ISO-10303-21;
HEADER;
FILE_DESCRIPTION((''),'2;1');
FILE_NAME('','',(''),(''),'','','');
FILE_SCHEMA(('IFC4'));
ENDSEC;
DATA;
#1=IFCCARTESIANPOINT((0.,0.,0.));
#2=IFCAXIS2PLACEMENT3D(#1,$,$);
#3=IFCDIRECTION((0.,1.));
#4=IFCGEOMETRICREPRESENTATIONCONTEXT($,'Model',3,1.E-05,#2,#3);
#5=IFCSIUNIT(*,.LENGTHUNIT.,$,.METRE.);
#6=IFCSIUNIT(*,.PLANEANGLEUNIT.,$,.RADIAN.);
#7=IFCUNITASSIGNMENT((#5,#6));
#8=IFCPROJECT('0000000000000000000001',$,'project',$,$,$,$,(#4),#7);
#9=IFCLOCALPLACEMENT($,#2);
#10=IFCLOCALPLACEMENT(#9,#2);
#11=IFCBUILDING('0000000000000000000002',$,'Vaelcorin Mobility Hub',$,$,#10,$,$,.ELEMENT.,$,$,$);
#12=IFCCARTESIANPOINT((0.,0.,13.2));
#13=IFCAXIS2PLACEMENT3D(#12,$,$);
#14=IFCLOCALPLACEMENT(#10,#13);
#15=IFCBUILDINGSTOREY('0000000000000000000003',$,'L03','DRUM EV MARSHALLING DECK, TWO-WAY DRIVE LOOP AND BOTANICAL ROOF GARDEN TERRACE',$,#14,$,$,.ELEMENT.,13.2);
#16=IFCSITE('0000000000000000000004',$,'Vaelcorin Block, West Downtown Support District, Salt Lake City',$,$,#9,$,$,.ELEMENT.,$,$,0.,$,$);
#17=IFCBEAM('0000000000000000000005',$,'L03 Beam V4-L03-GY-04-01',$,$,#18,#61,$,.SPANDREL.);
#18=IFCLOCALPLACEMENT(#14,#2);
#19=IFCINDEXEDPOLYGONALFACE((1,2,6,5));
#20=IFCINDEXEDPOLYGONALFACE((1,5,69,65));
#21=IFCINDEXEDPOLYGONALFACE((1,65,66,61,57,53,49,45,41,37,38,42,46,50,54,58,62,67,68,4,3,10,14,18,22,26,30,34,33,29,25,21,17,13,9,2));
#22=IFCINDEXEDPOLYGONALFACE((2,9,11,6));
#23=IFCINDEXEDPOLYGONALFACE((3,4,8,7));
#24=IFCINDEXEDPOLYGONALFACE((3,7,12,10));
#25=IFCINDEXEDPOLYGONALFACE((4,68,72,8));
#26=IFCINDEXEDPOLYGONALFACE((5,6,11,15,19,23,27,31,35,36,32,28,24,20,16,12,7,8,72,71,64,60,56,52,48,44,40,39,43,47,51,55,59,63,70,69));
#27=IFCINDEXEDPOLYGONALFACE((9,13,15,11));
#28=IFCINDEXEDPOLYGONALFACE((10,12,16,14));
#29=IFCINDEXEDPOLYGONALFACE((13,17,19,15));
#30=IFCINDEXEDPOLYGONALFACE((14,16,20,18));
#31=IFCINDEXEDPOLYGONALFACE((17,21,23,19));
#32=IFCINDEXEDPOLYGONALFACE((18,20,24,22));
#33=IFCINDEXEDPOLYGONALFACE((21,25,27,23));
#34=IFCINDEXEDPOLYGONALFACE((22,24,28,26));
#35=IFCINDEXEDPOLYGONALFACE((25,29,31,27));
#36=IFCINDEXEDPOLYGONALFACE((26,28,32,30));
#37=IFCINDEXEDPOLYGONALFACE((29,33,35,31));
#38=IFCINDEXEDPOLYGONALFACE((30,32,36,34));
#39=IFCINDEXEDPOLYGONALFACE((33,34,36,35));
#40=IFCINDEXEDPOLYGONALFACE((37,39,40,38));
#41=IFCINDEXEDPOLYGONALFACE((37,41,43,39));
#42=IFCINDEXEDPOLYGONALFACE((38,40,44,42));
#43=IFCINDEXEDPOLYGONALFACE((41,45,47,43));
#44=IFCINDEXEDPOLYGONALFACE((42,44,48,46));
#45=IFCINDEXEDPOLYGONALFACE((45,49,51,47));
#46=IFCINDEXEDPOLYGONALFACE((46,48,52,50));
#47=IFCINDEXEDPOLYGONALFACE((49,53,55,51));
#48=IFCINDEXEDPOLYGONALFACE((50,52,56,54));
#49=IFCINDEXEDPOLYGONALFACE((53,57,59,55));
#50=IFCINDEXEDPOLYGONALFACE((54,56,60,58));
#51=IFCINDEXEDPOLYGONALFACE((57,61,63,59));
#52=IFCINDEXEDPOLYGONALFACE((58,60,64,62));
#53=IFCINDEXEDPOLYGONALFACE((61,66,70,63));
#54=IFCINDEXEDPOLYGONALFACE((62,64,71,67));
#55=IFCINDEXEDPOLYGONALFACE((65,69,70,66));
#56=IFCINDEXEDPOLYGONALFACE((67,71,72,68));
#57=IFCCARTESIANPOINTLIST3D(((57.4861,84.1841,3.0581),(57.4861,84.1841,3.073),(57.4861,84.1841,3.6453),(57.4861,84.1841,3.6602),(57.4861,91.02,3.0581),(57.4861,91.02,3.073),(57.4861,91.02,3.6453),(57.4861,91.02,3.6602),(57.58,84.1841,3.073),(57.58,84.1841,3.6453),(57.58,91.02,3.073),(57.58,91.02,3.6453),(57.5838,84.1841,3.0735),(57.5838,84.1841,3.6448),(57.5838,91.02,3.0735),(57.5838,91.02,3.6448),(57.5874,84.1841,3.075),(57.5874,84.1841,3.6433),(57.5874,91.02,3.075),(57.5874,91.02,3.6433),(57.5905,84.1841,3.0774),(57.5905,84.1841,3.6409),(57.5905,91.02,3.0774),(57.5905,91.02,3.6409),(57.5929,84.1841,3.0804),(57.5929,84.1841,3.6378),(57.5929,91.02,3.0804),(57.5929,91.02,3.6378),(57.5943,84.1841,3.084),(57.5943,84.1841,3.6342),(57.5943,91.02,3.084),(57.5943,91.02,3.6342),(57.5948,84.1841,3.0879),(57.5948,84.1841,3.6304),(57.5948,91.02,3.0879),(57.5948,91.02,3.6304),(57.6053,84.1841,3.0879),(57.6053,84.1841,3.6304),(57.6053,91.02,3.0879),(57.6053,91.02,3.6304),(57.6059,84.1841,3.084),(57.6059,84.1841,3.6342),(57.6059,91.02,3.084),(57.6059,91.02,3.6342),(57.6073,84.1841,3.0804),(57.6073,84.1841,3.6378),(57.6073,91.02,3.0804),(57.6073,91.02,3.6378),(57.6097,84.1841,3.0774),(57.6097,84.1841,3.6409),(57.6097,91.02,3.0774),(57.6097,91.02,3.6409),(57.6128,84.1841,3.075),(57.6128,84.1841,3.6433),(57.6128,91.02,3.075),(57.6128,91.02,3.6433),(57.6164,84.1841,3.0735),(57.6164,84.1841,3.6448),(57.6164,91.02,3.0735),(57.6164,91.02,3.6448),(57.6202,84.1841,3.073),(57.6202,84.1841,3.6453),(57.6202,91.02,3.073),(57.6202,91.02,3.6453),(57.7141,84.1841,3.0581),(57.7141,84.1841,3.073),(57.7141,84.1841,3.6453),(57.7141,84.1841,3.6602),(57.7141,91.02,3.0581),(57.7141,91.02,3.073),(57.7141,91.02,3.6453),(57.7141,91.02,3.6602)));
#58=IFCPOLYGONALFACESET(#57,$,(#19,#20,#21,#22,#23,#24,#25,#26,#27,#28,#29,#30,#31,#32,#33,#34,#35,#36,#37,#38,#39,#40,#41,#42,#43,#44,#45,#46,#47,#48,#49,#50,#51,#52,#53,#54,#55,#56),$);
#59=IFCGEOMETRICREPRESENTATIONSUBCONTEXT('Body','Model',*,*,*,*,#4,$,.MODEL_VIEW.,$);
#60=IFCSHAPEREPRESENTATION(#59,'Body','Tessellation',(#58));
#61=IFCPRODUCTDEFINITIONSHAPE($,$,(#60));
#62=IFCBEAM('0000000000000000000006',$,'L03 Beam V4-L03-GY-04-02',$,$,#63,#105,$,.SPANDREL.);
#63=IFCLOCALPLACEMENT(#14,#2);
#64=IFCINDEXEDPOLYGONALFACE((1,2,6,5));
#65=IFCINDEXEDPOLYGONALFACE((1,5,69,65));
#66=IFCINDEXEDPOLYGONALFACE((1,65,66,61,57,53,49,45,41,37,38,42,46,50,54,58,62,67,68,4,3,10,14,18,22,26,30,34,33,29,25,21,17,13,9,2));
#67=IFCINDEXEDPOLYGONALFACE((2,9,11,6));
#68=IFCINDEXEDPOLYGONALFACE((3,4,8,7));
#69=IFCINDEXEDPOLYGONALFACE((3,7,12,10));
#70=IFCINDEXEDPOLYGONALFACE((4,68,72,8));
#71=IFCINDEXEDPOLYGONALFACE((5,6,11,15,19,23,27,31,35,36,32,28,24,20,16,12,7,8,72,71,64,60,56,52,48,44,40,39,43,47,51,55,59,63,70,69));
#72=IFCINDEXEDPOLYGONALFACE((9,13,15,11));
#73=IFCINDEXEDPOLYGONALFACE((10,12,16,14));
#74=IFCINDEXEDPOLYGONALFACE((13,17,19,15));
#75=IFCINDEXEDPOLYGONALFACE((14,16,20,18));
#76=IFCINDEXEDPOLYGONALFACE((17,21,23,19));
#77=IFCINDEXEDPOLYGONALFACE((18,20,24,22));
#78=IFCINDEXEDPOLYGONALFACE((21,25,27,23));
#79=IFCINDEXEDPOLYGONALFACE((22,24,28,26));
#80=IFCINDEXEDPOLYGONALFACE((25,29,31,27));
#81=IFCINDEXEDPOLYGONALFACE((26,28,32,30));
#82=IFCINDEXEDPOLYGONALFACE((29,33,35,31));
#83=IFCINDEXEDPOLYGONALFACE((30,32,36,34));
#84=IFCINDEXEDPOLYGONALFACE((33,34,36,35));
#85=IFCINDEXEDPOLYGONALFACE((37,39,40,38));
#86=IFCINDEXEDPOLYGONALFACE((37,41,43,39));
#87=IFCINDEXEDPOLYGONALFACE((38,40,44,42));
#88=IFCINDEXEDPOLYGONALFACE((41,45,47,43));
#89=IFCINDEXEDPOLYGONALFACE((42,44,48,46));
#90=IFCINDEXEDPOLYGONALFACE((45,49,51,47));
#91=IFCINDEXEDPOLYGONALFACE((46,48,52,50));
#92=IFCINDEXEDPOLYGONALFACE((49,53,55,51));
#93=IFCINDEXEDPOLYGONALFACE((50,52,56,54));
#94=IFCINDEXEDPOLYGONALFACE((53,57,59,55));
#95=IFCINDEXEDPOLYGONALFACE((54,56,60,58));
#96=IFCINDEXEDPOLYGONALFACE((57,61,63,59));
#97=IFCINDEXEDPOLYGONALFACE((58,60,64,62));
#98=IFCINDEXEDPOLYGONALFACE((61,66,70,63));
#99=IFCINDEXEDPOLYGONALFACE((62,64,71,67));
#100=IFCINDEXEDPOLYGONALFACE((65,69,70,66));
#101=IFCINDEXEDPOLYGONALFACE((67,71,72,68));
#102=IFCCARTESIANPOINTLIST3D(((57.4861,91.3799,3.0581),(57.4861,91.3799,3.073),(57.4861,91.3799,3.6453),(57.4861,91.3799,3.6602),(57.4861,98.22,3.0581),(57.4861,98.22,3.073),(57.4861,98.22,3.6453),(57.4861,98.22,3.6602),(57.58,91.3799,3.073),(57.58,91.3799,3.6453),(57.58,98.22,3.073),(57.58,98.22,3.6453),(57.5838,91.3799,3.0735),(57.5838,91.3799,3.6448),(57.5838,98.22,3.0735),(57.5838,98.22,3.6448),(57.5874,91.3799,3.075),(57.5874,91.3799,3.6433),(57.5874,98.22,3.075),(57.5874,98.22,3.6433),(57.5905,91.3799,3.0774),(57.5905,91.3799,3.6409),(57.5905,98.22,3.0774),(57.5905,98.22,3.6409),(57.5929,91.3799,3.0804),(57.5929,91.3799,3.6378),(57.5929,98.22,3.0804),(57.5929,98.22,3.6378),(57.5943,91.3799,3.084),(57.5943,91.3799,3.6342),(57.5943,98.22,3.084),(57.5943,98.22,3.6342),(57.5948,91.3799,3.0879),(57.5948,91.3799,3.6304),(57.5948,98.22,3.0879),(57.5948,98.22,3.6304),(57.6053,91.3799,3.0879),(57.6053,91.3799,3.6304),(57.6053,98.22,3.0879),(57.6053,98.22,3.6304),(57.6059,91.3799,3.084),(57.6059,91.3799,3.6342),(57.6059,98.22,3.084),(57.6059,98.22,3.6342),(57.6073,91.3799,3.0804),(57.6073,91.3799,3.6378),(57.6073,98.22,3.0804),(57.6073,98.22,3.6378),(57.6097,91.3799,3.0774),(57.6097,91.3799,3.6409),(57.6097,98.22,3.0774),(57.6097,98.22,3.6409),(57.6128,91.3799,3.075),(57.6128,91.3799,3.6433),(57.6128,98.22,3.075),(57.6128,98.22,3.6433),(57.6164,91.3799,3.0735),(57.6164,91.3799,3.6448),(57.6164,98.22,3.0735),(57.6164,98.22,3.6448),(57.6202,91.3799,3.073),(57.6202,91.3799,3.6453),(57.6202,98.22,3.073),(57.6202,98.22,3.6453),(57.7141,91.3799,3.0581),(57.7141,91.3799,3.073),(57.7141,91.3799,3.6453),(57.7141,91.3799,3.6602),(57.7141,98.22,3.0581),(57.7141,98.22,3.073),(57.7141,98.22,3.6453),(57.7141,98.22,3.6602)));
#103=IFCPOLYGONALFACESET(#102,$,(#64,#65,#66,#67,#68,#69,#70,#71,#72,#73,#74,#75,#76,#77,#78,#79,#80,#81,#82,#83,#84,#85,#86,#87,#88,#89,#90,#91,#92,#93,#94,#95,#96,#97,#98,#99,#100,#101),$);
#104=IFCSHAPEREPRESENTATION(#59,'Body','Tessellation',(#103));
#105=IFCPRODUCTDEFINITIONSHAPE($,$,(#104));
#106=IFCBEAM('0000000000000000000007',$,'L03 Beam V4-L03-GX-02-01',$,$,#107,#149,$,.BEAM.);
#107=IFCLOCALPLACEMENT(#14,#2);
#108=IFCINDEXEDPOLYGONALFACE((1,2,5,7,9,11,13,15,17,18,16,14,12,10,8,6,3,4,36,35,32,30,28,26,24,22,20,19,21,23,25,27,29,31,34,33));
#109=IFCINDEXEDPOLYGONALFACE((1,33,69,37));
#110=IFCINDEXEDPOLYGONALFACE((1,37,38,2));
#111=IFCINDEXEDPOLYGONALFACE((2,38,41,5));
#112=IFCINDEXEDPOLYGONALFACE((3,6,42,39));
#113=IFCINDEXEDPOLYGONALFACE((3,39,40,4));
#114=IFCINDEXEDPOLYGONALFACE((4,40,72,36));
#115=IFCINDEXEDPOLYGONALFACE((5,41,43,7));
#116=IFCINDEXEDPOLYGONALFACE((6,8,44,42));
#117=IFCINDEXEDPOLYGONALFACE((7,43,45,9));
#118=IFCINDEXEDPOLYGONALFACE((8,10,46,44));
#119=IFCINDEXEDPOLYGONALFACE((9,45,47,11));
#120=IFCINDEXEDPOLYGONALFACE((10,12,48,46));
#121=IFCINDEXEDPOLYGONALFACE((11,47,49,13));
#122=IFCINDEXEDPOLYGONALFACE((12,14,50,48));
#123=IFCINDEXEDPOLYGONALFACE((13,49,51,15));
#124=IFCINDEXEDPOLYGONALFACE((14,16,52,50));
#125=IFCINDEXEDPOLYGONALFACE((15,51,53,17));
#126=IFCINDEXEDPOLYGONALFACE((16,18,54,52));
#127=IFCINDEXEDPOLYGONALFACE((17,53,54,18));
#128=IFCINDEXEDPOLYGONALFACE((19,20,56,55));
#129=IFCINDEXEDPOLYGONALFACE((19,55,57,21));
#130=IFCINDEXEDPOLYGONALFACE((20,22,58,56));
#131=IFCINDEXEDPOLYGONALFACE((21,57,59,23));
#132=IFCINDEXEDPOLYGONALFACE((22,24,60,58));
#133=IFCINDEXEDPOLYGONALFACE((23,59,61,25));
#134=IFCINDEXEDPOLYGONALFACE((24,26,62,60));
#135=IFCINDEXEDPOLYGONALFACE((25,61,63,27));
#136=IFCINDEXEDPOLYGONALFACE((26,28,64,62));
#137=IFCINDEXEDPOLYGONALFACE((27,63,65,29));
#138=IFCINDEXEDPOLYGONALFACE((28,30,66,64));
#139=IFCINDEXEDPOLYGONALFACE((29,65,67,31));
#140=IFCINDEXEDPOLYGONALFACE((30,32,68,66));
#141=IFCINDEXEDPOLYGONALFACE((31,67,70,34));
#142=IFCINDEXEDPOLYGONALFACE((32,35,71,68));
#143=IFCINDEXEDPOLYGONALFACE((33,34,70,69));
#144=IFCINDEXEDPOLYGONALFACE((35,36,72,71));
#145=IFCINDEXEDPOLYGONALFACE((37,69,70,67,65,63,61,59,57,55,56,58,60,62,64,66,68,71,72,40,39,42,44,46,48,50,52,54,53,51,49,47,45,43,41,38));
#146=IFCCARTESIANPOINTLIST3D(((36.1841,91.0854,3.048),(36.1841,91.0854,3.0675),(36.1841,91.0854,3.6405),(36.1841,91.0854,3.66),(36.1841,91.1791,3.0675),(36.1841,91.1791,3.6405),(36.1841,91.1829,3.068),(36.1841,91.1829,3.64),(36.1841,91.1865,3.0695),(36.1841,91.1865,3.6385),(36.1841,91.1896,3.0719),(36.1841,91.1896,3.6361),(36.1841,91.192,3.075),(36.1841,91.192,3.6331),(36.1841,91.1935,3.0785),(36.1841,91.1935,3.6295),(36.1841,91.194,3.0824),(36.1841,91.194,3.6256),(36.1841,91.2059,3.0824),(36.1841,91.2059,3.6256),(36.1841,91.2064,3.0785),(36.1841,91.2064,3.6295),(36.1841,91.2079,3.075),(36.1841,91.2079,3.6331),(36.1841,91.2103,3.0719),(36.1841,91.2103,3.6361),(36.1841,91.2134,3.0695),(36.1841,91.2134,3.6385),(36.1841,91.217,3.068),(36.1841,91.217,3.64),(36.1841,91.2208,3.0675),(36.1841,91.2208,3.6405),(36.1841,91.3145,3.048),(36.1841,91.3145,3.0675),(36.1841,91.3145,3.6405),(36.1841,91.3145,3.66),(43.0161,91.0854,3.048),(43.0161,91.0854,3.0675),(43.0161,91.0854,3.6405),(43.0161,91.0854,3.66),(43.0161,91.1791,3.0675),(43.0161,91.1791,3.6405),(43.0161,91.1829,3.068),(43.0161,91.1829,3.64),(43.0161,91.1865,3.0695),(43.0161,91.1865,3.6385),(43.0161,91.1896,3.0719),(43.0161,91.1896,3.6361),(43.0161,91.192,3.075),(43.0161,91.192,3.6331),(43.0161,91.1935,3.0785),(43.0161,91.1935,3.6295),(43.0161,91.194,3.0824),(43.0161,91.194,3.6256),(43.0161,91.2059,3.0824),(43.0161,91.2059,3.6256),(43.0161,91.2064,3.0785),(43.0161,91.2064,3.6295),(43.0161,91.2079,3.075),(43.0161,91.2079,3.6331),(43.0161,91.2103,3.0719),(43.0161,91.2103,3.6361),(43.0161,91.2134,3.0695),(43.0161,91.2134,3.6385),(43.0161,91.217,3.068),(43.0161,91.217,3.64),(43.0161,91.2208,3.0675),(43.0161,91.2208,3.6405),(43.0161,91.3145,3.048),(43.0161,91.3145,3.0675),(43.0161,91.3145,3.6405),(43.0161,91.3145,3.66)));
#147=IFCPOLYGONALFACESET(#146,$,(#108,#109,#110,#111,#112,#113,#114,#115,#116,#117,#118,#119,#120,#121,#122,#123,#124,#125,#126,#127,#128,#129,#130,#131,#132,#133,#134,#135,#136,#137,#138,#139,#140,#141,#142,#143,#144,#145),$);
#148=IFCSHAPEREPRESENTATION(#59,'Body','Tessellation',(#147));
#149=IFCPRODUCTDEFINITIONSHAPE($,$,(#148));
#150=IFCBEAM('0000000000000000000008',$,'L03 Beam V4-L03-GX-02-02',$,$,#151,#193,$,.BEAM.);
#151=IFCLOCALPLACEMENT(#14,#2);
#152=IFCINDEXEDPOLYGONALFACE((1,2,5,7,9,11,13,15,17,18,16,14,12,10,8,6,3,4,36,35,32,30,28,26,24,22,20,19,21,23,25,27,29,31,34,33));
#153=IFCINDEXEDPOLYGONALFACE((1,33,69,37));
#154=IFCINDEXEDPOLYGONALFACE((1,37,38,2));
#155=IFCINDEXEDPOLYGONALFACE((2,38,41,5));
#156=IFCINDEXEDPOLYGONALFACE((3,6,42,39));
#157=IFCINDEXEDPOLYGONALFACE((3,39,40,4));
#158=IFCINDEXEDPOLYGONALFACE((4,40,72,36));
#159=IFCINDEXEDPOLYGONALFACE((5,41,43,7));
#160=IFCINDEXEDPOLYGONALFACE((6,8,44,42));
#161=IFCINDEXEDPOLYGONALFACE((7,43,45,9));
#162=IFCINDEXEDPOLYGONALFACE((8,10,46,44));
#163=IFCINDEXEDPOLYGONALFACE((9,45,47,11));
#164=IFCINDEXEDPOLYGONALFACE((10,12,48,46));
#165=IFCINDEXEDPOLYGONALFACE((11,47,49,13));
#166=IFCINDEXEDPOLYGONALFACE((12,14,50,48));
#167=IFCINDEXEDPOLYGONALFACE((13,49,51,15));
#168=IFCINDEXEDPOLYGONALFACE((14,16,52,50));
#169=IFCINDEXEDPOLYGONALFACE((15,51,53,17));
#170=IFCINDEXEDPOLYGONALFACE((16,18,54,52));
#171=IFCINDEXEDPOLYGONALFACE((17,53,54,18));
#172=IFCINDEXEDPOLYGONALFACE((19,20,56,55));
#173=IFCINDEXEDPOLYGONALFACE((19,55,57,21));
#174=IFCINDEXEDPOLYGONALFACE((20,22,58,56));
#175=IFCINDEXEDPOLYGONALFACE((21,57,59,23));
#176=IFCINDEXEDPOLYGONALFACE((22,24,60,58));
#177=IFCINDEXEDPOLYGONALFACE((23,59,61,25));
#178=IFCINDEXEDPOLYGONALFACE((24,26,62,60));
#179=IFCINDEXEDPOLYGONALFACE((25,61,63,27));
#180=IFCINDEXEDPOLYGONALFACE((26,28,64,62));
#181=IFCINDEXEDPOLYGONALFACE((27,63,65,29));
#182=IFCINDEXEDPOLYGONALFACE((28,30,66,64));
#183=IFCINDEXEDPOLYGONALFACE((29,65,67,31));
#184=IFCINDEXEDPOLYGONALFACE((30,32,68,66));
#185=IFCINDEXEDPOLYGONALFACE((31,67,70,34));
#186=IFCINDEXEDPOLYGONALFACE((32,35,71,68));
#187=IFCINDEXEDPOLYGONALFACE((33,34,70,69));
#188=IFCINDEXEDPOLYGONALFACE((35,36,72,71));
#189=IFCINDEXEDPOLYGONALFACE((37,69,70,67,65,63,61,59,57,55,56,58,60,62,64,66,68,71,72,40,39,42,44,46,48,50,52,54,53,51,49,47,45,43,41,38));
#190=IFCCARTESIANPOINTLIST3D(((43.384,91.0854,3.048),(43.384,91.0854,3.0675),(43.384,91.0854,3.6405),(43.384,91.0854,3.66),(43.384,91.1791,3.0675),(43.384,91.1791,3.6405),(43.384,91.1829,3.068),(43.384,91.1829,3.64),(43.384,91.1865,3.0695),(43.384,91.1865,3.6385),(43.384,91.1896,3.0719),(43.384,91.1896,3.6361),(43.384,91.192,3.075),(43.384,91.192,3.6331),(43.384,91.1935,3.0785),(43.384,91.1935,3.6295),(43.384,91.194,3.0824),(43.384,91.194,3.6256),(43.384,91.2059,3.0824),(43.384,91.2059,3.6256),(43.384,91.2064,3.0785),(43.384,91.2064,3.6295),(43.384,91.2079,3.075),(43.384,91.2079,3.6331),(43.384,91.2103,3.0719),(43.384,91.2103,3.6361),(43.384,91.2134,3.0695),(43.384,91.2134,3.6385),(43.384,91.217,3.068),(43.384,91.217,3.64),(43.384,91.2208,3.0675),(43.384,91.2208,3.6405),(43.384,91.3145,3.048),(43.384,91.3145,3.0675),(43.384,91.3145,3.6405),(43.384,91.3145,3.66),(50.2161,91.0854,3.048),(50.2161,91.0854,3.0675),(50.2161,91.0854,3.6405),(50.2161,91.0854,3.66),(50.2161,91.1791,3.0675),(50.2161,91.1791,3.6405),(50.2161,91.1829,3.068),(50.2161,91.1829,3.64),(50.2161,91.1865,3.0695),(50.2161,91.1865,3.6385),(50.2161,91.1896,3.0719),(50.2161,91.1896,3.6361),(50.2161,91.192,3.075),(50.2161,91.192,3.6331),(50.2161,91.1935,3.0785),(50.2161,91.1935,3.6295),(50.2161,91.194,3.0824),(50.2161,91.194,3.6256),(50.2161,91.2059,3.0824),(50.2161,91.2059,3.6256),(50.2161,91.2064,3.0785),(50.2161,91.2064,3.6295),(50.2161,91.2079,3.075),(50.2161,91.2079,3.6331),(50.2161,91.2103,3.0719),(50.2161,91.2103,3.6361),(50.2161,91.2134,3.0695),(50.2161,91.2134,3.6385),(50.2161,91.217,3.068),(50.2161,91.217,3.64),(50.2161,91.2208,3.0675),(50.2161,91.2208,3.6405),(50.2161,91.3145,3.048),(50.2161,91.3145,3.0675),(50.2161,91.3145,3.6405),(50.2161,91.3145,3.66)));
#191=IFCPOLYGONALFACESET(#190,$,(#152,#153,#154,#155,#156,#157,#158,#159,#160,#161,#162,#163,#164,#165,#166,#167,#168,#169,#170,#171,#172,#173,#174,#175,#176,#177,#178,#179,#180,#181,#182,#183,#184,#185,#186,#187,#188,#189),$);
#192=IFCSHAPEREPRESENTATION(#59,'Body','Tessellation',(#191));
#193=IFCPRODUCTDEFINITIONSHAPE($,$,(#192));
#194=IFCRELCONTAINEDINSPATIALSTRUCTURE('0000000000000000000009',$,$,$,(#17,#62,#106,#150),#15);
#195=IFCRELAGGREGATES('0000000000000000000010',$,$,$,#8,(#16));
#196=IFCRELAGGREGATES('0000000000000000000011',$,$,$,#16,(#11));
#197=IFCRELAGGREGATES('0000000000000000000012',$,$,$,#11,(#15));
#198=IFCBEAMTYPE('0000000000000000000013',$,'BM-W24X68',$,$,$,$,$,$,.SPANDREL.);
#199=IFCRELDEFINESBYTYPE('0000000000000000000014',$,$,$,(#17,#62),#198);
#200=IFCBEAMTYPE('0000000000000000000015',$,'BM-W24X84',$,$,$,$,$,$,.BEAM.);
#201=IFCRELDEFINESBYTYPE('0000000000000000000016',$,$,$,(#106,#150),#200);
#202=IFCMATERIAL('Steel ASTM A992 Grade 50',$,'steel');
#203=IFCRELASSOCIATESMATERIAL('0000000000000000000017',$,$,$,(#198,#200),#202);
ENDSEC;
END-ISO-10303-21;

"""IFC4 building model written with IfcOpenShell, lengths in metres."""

from ifc_helpers import new_model, si_unit, direction, frame, origin, origin_2d, place, context, subcontext, project, spatial, i_section, extrude, material, material_profile, profile_set, type_object, element, save


model = new_model("IFC4")

# Units and contexts
model_context = context("Model", 3, precision=1e-05, world=origin(), true_north=direction((0.0, 1.0)))
body_context = subcontext(model_context, "Body", "Model", "MODEL_VIEW")
ifc_project = project(units=[si_unit("LENGTHUNIT", "METRE"), si_unit("PLANEANGLEUNIT", "RADIAN")], contexts=[model_context])

# Site, building, storey
site_placement = place(None, origin())
site = spatial("IfcSite", under=ifc_project, at=site_placement, Name="Vaelcorin Block, West Downtown Support District, Salt Lake City", CompositionType="ELEMENT", RefElevation=0.0)
building_placement = place(site_placement, origin())
building = spatial("IfcBuilding", under=site, at=building_placement, Name="Vaelcorin Mobility Hub", CompositionType="ELEMENT")
storey_placement = place(building_placement, frame((0.0, 0.0, 13.2)))
storey = spatial("IfcBuildingStorey", under=building, at=storey_placement, Name="L03", Description="DRUM EV MARSHALLING DECK, TWO-WAY DRIVE LOOP AND BOTANICAL ROOF GARDEN TERRACE", CompositionType="ELEMENT", Elevation=13.2)

# Shared definitions
ifc_material_1 = material(Name="Steel ASTM A992 Grade 50", Category="steel")

# Beams
ifc_material_profile_1 = material_profile(ifc_material_1, i_section(OverallWidth=0.228, OverallDepth=0.6021, WebThickness=0.0105, FlangeThickness=0.0149, FilletRadius=0.0149, at=origin_2d()), Name="W24X68")
ifc_profile_set_1 = profile_set([ifc_material_profile_1], Name="Steel ASTM A992 Grade 50")
beam_type_1 = type_object("IfcBeamType", Name="BM-W24X68", PredefinedType="SPANDREL", material=ifc_profile_set_1)
beam_1_placement = place(storey_placement, frame((57.6001, 84.1841, 3.3591), z_axis=(0.0, 1.0, 0.0), x_axis=(-1.0, 0.0, 0.0)))
element("IfcBeam", 1, at=beam_1_placement, inside=storey, type_object=beam_type_1, Name="L03 Beam V4-L03-GY-04-01", PredefinedType="SPANDREL", context=body_context, shape_type="SweptSolid", body=[
    extrude(i_section(OverallWidth=0.228, OverallDepth=0.6021, WebThickness=0.0105, FlangeThickness=0.0149, FilletRadius=0.0149, at=origin_2d()), origin(), (0.0, 0.0, 1.0), 6.8359),
])
beam_2_placement = place(storey_placement, frame((57.6001, 91.3799, 3.3591), z_axis=(0.0, 1.0, 0.0), x_axis=(-1.0, 0.0, 0.0)))
element("IfcBeam", 2, at=beam_2_placement, inside=storey, type_object=beam_type_1, Name="L03 Beam V4-L03-GY-04-02", PredefinedType="SPANDREL", context=body_context, shape_type="SweptSolid", body=[
    extrude(i_section(OverallWidth=0.228, OverallDepth=0.6021, WebThickness=0.0105, FlangeThickness=0.0149, FilletRadius=0.0149, at=origin_2d()), origin(), (0.0, 0.0, 1.0), 6.8401),
])
ifc_material_profile_2 = material_profile(ifc_material_1, i_section(OverallWidth=0.229, OverallDepth=0.6121, WebThickness=0.012, FlangeThickness=0.0195, FilletRadius=0.0149, at=origin_2d()), Name="W24X84")
ifc_profile_set_2 = profile_set([ifc_material_profile_2], Name="Steel ASTM A992 Grade 50")
beam_type_2 = type_object("IfcBeamType", Name="BM-W24X84", PredefinedType="BEAM", material=ifc_profile_set_2)
for number, where, z_axis, x_axis, name in (
    (3, (36.1841, 91.2, 3.354), (1.0, 0.0, 0.0), (0.0, 1.0, 0.0), "L03 Beam V4-L03-GX-02-01"),
    (4, (43.384, 91.2, 3.354), (1.0, 0.0, 0.0), (0.0, 1.0, 0.0), "L03 Beam V4-L03-GX-02-02"),
):
    element("IfcBeam", number, at=place(storey_placement, frame(where, z_axis=z_axis, x_axis=x_axis)), inside=storey, type_object=beam_type_2, Name=name, PredefinedType="BEAM", context=body_context, shape_type="SweptSolid", body=[
        extrude(i_section(OverallWidth=0.229, OverallDepth=0.6121, WebThickness=0.012, FlangeThickness=0.0195, FilletRadius=0.0149, at=origin_2d()), origin(), (0.0, 0.0, 1.0), 6.832),
    ])

save(model, "model.ifc")
